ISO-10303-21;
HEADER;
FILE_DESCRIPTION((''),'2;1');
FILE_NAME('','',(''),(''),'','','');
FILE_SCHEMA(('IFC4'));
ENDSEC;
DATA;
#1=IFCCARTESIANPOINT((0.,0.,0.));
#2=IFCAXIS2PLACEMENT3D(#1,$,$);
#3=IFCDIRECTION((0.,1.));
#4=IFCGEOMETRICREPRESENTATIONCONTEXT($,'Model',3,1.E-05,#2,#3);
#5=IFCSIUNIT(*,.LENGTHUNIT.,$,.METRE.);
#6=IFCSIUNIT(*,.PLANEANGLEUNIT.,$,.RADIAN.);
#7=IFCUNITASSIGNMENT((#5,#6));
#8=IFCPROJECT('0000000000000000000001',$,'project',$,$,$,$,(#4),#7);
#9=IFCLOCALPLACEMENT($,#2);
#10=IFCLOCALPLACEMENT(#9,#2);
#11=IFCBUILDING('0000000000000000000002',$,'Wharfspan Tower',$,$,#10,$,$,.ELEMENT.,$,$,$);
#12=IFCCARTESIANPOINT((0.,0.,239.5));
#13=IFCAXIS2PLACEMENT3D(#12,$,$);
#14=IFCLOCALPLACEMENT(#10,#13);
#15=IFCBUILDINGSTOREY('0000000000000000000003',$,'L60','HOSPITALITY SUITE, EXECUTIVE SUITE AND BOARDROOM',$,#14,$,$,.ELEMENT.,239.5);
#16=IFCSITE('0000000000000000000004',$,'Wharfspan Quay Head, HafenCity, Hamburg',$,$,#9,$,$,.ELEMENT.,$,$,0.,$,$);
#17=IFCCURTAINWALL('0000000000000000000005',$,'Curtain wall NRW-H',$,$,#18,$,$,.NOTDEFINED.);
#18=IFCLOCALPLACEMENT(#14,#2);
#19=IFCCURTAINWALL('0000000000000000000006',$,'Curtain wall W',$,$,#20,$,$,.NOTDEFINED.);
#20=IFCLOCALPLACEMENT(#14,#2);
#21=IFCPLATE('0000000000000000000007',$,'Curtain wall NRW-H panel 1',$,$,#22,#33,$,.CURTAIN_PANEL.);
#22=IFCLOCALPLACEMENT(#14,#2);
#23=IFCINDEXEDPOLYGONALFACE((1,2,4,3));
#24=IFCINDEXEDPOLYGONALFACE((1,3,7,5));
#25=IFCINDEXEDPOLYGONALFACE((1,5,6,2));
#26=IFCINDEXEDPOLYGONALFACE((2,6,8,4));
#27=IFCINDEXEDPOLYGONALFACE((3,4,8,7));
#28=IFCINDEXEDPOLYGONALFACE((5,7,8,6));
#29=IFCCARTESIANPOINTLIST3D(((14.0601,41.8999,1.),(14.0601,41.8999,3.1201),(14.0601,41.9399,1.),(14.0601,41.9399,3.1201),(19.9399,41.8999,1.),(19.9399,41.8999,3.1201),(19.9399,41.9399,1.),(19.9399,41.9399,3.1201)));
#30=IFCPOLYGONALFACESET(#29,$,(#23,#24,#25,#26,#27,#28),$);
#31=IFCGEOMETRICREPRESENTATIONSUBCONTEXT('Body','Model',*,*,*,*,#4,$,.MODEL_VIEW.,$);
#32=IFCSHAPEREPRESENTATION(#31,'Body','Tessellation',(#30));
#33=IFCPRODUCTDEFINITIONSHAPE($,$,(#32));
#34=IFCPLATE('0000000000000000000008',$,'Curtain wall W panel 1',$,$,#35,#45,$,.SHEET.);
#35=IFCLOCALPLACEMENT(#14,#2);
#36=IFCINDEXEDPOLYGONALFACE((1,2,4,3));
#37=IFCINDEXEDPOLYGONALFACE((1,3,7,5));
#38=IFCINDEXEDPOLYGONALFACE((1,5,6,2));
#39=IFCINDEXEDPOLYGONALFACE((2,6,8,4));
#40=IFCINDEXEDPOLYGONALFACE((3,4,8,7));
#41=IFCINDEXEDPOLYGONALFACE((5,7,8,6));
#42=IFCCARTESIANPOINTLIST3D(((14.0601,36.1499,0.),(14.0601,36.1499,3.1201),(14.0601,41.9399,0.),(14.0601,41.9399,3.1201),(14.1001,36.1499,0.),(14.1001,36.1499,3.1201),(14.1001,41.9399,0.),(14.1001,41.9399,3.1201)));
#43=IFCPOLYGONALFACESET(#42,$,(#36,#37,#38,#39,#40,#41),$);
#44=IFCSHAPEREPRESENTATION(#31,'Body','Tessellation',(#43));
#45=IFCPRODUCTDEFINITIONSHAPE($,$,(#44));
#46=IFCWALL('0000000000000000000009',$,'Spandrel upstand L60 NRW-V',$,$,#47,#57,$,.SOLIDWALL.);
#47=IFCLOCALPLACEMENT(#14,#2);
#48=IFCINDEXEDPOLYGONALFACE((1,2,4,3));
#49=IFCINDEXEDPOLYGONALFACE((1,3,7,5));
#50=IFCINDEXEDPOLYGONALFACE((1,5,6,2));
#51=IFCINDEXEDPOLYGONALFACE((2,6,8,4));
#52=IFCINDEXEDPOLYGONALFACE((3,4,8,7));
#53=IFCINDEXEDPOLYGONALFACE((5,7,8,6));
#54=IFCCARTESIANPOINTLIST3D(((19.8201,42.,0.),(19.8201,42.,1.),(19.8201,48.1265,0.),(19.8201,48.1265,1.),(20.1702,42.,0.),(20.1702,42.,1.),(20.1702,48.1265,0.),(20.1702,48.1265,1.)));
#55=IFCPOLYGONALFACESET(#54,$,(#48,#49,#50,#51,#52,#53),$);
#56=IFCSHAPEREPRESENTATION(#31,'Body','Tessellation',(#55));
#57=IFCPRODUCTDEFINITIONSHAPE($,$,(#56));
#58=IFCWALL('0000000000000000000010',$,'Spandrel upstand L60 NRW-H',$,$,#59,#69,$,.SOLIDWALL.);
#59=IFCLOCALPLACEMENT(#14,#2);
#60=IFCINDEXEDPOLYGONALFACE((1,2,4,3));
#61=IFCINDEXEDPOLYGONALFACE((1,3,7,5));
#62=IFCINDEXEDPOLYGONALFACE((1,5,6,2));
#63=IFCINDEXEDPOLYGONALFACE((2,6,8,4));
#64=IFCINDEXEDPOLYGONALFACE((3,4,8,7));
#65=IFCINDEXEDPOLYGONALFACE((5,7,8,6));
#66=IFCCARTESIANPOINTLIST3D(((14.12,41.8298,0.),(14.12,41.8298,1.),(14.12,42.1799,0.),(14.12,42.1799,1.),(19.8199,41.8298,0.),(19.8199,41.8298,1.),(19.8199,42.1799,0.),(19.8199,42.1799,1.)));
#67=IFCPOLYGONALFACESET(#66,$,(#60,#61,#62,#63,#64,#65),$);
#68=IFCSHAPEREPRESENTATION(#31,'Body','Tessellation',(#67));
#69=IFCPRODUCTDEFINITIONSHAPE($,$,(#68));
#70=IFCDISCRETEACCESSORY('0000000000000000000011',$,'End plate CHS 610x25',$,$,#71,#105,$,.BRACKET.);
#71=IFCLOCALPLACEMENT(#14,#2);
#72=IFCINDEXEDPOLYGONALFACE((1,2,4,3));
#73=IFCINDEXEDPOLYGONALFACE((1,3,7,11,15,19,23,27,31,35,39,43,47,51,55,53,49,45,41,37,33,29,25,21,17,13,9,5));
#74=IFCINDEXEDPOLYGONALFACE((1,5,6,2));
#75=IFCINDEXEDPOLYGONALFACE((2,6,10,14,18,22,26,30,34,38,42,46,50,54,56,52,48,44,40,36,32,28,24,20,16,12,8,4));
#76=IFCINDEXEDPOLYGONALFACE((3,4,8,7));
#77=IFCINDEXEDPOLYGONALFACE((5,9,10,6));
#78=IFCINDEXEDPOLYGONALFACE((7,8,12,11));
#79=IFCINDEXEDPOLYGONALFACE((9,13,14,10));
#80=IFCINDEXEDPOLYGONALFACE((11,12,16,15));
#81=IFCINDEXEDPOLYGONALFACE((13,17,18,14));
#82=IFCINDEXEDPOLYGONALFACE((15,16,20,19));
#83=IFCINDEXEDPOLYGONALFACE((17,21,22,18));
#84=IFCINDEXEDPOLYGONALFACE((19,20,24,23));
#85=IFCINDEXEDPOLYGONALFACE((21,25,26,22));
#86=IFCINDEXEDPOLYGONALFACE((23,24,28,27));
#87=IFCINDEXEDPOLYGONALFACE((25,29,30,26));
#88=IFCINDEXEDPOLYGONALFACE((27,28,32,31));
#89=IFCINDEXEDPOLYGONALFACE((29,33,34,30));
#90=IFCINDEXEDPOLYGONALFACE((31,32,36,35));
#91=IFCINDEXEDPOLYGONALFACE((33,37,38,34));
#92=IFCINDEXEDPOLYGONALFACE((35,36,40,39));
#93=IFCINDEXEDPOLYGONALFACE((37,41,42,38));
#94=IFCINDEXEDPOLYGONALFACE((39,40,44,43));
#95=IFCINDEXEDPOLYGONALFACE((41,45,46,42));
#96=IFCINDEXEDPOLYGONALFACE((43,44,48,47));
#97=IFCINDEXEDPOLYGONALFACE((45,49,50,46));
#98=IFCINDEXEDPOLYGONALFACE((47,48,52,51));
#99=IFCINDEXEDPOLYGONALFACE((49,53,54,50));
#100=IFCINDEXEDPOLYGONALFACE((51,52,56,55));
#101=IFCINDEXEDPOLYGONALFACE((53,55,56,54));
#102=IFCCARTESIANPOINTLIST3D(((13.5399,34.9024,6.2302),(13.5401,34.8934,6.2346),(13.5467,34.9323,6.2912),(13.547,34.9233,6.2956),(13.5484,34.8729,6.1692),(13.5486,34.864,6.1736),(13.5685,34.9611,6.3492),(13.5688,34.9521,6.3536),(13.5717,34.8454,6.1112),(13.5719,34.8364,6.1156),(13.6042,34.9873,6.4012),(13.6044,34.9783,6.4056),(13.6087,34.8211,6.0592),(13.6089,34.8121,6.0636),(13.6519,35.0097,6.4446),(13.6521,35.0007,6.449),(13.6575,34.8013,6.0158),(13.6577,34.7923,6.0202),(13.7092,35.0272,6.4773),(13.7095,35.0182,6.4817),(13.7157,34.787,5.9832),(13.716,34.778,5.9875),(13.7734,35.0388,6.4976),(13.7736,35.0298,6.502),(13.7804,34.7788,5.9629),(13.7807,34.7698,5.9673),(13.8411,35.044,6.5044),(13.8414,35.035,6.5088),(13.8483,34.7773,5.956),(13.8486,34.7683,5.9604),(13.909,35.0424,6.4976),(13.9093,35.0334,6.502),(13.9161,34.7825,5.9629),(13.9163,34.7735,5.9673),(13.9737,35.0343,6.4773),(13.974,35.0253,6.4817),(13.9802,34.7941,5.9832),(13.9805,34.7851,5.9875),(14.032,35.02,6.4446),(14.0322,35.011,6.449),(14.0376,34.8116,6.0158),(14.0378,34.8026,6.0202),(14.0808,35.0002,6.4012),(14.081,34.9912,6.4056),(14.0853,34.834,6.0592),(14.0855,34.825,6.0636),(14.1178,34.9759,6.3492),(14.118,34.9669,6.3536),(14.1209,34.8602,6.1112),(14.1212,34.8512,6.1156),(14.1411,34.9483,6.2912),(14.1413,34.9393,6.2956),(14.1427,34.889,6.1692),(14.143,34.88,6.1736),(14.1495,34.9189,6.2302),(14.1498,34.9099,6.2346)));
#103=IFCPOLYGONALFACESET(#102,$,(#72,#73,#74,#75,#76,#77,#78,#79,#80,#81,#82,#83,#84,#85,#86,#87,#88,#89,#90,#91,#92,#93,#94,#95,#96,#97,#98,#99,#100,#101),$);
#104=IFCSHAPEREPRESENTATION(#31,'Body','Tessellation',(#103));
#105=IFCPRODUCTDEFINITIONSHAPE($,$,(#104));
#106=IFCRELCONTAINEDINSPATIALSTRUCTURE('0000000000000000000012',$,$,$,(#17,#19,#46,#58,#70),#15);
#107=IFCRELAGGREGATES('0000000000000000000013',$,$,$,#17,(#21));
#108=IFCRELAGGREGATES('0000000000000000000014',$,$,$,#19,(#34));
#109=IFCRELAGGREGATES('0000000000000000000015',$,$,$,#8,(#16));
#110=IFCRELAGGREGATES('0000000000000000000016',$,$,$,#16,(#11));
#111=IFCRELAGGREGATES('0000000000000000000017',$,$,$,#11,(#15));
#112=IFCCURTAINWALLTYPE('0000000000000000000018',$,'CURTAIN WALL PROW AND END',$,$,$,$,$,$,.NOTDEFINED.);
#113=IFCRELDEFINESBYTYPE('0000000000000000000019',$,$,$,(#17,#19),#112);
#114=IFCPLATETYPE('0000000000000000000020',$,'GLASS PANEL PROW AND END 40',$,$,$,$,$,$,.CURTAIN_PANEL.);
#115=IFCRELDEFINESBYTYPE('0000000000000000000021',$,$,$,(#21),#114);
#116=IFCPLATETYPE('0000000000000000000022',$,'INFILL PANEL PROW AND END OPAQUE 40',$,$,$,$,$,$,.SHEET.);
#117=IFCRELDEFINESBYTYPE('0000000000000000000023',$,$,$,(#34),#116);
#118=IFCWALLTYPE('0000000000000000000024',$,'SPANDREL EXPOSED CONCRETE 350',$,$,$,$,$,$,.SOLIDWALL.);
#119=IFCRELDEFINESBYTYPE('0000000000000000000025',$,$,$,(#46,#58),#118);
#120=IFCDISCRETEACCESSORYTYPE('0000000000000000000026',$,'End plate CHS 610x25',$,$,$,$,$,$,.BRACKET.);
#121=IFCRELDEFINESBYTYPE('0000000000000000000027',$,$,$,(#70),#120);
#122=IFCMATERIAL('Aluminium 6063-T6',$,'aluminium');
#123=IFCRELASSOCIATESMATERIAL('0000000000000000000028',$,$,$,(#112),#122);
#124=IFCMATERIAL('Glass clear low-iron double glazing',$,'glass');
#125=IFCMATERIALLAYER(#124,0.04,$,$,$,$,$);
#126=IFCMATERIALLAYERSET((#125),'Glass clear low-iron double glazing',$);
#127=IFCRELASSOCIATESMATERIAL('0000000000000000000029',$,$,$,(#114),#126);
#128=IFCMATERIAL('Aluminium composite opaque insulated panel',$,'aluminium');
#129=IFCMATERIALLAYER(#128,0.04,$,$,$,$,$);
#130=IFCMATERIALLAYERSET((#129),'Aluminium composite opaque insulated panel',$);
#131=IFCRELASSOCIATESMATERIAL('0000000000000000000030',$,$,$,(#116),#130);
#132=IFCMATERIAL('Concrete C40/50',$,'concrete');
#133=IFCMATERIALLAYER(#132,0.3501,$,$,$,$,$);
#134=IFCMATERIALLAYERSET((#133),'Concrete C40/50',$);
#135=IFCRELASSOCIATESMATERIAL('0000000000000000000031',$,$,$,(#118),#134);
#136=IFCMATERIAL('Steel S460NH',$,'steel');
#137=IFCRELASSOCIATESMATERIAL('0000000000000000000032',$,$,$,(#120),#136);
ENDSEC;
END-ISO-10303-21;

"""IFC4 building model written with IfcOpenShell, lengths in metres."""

from ifc_helpers import new_model, si_unit, direction, frame, frame_2d, origin, origin_2d, place, context, subcontext, project, spatial, rectangle, circle, extrude, material, layer, layer_set, material_profile, profile_set, type_object, element, aggregate, save


model = new_model("IFC4")

# Units and contexts
model_context = context("Model", 3, precision=1e-05, world=origin(), true_north=direction((0.0, 1.0)))
body_context = subcontext(model_context, "Body", "Model", "MODEL_VIEW")
ifc_project = project(units=[si_unit("LENGTHUNIT", "METRE"), si_unit("PLANEANGLEUNIT", "RADIAN")], contexts=[model_context])

# Site, building, storey
site_placement = place(None, origin())
site = spatial("IfcSite", under=ifc_project, at=site_placement, Name="Wharfspan Quay Head, HafenCity, Hamburg", CompositionType="ELEMENT", RefElevation=0.0)
building_placement = place(site_placement, origin())
building = spatial("IfcBuilding", under=site, at=building_placement, Name="Wharfspan Tower", CompositionType="ELEMENT")
storey_placement = place(building_placement, frame((0.0, 0.0, 239.5)))
storey = spatial("IfcBuildingStorey", under=building, at=storey_placement, Name="L60", Description="HOSPITALITY SUITE, EXECUTIVE SUITE AND BOARDROOM", CompositionType="ELEMENT", Elevation=239.5)

# Curtain walls
ifc_material_1 = material(Name="Aluminium 6063-T6", Category="aluminium")
curtain_wall_type = type_object("IfcCurtainWallType", Name="CURTAIN WALL PROW AND END", PredefinedType="NOTDEFINED", material=ifc_material_1)
curtain_wall_1_placement = place(storey_placement, origin())
curtain_wall_1 = element("IfcCurtainWall", 1, at=curtain_wall_1_placement, inside=storey, type_object=curtain_wall_type, Name="Curtain wall NRW-H", PredefinedType="NOTDEFINED")
curtain_wall_2_placement = place(storey_placement, origin())
curtain_wall_2 = element("IfcCurtainWall", 2, at=curtain_wall_2_placement, inside=storey, type_object=curtain_wall_type, Name="Curtain wall W", PredefinedType="NOTDEFINED")

# Shared definitions
ifc_material_2 = material(Name="Steel S460NH", Category="steel")

# Plates
ifc_material_3 = material(Name="Glass clear low-iron double glazing", Category="glass")
ifc_layer_1 = layer(ifc_material_3, 0.04)
ifc_layer_set_1 = layer_set([ifc_layer_1], Name="Glass clear low-iron double glazing")
plate_type_1 = type_object("IfcPlateType", Name="GLASS PANEL PROW AND END 40", PredefinedType="CURTAIN_PANEL", material=ifc_layer_set_1)
plate_1_placement = place(storey_placement, frame((17.0, 41.9199, 1.0), z_axis=(0.0, 0.0, 1.0), x_axis=(-1.0, 0.0, 0.0)))
plate_1 = element("IfcPlate", 3, at=plate_1_placement, type_object=plate_type_1, Name="Curtain wall NRW-H panel 1", PredefinedType="CURTAIN_PANEL", context=body_context, shape_type="SweptSolid", body=[
    extrude(rectangle(XDim=5.8799, YDim=0.04, at=origin_2d()), origin(), (0.0, 0.0, 1.0), 2.1201),
])
aggregate(curtain_wall_1, [plate_1])
ifc_material_4 = material(Name="Aluminium composite opaque insulated panel", Category="aluminium")
ifc_layer_2 = layer(ifc_material_4, 0.04)
ifc_layer_set_2 = layer_set([ifc_layer_2], Name="Aluminium composite opaque insulated panel")
plate_type_2 = type_object("IfcPlateType", Name="INFILL PANEL PROW AND END OPAQUE 40", PredefinedType="SHEET", material=ifc_layer_set_2)
plate_2_placement = place(storey_placement, frame((14.0801, 39.0449, 0.0), z_axis=(0.0, 0.0, 1.0), x_axis=(0.0, -1.0, 0.0)))
plate_2 = element("IfcPlate", 4, at=plate_2_placement, type_object=plate_type_2, Name="Curtain wall W panel 1", PredefinedType="SHEET", context=body_context, shape_type="SweptSolid", body=[
    extrude(rectangle(XDim=5.79, YDim=0.04, at=origin_2d()), origin(), (0.0, 0.0, 1.0), 3.1201),
])
aggregate(curtain_wall_2, [plate_2])

# Walls
ifc_material_5 = material(Name="Concrete C40/50", Category="concrete")
ifc_layer_3 = layer(ifc_material_5, 0.3501)
ifc_layer_set_3 = layer_set([ifc_layer_3], Name="Concrete C40/50")
wall_type = type_object("IfcWallType", Name="SPANDREL EXPOSED CONCRETE 350", PredefinedType="SOLIDWALL", material=ifc_layer_set_3)
wall_1_placement = place(storey_placement, frame((19.9951, 48.1265, 0.0), z_axis=(0.0, 0.0, 1.0), x_axis=(0.0, -1.0, 0.0)))
element("IfcWall", 5, at=wall_1_placement, inside=storey, type_object=wall_type, Name="Spandrel upstand L60 NRW-V", PredefinedType="SOLIDWALL", context=body_context, shape_type="SweptSolid", body=[
    extrude(rectangle(XDim=6.1265, YDim=0.3501, at=frame_2d((3.0632, 0.0))), origin(), (0.0, 0.0, 1.0), 1.0),
])
wall_2_placement = place(storey_placement, frame((19.8201, 42.0049, 0.0), z_axis=(0.0, 0.0, 1.0), x_axis=(-1.0, 0.0, 0.0)))
element("IfcWall", 6, at=wall_2_placement, inside=storey, type_object=wall_type, Name="Spandrel upstand L60 NRW-H", PredefinedType="SOLIDWALL", context=body_context, shape_type="SweptSolid", body=[
    extrude(rectangle(XDim=5.7, YDim=0.3501, at=frame_2d((2.8501, 0.0))), origin(), (0.0, 0.0, 1.0), 1.0),
])

# Discrete accessory
ifc_material_profile_1 = material_profile(ifc_material_2, circle(Radius=0.3049, at=origin_2d()))
ifc_profile_set_1 = profile_set([ifc_material_profile_1], Name="Steel S460NH")
discrete_accessory_type = type_object("IfcDiscreteAccessoryType", Name="End plate CHS 610x25", PredefinedType="BRACKET", material=ifc_profile_set_1)
discrete_accessory_placement = place(storey_placement, frame((13.8447, 34.9106, 6.2302), z_axis=(0.024296, -0.89897, 0.437337), x_axis=(0.999631, 0.027017, 0.000001)))
element("IfcDiscreteAccessory", 7, at=discrete_accessory_placement, inside=storey, type_object=discrete_accessory_type, Name="End plate CHS 610x25", PredefinedType="BRACKET", context=body_context, shape_type="SweptSolid", body=[
    extrude(circle(Radius=0.3049, at=origin_2d()), origin(), (0.0, 0.0, 1.0), 0.01),
])

save(model, "model.ifc")
